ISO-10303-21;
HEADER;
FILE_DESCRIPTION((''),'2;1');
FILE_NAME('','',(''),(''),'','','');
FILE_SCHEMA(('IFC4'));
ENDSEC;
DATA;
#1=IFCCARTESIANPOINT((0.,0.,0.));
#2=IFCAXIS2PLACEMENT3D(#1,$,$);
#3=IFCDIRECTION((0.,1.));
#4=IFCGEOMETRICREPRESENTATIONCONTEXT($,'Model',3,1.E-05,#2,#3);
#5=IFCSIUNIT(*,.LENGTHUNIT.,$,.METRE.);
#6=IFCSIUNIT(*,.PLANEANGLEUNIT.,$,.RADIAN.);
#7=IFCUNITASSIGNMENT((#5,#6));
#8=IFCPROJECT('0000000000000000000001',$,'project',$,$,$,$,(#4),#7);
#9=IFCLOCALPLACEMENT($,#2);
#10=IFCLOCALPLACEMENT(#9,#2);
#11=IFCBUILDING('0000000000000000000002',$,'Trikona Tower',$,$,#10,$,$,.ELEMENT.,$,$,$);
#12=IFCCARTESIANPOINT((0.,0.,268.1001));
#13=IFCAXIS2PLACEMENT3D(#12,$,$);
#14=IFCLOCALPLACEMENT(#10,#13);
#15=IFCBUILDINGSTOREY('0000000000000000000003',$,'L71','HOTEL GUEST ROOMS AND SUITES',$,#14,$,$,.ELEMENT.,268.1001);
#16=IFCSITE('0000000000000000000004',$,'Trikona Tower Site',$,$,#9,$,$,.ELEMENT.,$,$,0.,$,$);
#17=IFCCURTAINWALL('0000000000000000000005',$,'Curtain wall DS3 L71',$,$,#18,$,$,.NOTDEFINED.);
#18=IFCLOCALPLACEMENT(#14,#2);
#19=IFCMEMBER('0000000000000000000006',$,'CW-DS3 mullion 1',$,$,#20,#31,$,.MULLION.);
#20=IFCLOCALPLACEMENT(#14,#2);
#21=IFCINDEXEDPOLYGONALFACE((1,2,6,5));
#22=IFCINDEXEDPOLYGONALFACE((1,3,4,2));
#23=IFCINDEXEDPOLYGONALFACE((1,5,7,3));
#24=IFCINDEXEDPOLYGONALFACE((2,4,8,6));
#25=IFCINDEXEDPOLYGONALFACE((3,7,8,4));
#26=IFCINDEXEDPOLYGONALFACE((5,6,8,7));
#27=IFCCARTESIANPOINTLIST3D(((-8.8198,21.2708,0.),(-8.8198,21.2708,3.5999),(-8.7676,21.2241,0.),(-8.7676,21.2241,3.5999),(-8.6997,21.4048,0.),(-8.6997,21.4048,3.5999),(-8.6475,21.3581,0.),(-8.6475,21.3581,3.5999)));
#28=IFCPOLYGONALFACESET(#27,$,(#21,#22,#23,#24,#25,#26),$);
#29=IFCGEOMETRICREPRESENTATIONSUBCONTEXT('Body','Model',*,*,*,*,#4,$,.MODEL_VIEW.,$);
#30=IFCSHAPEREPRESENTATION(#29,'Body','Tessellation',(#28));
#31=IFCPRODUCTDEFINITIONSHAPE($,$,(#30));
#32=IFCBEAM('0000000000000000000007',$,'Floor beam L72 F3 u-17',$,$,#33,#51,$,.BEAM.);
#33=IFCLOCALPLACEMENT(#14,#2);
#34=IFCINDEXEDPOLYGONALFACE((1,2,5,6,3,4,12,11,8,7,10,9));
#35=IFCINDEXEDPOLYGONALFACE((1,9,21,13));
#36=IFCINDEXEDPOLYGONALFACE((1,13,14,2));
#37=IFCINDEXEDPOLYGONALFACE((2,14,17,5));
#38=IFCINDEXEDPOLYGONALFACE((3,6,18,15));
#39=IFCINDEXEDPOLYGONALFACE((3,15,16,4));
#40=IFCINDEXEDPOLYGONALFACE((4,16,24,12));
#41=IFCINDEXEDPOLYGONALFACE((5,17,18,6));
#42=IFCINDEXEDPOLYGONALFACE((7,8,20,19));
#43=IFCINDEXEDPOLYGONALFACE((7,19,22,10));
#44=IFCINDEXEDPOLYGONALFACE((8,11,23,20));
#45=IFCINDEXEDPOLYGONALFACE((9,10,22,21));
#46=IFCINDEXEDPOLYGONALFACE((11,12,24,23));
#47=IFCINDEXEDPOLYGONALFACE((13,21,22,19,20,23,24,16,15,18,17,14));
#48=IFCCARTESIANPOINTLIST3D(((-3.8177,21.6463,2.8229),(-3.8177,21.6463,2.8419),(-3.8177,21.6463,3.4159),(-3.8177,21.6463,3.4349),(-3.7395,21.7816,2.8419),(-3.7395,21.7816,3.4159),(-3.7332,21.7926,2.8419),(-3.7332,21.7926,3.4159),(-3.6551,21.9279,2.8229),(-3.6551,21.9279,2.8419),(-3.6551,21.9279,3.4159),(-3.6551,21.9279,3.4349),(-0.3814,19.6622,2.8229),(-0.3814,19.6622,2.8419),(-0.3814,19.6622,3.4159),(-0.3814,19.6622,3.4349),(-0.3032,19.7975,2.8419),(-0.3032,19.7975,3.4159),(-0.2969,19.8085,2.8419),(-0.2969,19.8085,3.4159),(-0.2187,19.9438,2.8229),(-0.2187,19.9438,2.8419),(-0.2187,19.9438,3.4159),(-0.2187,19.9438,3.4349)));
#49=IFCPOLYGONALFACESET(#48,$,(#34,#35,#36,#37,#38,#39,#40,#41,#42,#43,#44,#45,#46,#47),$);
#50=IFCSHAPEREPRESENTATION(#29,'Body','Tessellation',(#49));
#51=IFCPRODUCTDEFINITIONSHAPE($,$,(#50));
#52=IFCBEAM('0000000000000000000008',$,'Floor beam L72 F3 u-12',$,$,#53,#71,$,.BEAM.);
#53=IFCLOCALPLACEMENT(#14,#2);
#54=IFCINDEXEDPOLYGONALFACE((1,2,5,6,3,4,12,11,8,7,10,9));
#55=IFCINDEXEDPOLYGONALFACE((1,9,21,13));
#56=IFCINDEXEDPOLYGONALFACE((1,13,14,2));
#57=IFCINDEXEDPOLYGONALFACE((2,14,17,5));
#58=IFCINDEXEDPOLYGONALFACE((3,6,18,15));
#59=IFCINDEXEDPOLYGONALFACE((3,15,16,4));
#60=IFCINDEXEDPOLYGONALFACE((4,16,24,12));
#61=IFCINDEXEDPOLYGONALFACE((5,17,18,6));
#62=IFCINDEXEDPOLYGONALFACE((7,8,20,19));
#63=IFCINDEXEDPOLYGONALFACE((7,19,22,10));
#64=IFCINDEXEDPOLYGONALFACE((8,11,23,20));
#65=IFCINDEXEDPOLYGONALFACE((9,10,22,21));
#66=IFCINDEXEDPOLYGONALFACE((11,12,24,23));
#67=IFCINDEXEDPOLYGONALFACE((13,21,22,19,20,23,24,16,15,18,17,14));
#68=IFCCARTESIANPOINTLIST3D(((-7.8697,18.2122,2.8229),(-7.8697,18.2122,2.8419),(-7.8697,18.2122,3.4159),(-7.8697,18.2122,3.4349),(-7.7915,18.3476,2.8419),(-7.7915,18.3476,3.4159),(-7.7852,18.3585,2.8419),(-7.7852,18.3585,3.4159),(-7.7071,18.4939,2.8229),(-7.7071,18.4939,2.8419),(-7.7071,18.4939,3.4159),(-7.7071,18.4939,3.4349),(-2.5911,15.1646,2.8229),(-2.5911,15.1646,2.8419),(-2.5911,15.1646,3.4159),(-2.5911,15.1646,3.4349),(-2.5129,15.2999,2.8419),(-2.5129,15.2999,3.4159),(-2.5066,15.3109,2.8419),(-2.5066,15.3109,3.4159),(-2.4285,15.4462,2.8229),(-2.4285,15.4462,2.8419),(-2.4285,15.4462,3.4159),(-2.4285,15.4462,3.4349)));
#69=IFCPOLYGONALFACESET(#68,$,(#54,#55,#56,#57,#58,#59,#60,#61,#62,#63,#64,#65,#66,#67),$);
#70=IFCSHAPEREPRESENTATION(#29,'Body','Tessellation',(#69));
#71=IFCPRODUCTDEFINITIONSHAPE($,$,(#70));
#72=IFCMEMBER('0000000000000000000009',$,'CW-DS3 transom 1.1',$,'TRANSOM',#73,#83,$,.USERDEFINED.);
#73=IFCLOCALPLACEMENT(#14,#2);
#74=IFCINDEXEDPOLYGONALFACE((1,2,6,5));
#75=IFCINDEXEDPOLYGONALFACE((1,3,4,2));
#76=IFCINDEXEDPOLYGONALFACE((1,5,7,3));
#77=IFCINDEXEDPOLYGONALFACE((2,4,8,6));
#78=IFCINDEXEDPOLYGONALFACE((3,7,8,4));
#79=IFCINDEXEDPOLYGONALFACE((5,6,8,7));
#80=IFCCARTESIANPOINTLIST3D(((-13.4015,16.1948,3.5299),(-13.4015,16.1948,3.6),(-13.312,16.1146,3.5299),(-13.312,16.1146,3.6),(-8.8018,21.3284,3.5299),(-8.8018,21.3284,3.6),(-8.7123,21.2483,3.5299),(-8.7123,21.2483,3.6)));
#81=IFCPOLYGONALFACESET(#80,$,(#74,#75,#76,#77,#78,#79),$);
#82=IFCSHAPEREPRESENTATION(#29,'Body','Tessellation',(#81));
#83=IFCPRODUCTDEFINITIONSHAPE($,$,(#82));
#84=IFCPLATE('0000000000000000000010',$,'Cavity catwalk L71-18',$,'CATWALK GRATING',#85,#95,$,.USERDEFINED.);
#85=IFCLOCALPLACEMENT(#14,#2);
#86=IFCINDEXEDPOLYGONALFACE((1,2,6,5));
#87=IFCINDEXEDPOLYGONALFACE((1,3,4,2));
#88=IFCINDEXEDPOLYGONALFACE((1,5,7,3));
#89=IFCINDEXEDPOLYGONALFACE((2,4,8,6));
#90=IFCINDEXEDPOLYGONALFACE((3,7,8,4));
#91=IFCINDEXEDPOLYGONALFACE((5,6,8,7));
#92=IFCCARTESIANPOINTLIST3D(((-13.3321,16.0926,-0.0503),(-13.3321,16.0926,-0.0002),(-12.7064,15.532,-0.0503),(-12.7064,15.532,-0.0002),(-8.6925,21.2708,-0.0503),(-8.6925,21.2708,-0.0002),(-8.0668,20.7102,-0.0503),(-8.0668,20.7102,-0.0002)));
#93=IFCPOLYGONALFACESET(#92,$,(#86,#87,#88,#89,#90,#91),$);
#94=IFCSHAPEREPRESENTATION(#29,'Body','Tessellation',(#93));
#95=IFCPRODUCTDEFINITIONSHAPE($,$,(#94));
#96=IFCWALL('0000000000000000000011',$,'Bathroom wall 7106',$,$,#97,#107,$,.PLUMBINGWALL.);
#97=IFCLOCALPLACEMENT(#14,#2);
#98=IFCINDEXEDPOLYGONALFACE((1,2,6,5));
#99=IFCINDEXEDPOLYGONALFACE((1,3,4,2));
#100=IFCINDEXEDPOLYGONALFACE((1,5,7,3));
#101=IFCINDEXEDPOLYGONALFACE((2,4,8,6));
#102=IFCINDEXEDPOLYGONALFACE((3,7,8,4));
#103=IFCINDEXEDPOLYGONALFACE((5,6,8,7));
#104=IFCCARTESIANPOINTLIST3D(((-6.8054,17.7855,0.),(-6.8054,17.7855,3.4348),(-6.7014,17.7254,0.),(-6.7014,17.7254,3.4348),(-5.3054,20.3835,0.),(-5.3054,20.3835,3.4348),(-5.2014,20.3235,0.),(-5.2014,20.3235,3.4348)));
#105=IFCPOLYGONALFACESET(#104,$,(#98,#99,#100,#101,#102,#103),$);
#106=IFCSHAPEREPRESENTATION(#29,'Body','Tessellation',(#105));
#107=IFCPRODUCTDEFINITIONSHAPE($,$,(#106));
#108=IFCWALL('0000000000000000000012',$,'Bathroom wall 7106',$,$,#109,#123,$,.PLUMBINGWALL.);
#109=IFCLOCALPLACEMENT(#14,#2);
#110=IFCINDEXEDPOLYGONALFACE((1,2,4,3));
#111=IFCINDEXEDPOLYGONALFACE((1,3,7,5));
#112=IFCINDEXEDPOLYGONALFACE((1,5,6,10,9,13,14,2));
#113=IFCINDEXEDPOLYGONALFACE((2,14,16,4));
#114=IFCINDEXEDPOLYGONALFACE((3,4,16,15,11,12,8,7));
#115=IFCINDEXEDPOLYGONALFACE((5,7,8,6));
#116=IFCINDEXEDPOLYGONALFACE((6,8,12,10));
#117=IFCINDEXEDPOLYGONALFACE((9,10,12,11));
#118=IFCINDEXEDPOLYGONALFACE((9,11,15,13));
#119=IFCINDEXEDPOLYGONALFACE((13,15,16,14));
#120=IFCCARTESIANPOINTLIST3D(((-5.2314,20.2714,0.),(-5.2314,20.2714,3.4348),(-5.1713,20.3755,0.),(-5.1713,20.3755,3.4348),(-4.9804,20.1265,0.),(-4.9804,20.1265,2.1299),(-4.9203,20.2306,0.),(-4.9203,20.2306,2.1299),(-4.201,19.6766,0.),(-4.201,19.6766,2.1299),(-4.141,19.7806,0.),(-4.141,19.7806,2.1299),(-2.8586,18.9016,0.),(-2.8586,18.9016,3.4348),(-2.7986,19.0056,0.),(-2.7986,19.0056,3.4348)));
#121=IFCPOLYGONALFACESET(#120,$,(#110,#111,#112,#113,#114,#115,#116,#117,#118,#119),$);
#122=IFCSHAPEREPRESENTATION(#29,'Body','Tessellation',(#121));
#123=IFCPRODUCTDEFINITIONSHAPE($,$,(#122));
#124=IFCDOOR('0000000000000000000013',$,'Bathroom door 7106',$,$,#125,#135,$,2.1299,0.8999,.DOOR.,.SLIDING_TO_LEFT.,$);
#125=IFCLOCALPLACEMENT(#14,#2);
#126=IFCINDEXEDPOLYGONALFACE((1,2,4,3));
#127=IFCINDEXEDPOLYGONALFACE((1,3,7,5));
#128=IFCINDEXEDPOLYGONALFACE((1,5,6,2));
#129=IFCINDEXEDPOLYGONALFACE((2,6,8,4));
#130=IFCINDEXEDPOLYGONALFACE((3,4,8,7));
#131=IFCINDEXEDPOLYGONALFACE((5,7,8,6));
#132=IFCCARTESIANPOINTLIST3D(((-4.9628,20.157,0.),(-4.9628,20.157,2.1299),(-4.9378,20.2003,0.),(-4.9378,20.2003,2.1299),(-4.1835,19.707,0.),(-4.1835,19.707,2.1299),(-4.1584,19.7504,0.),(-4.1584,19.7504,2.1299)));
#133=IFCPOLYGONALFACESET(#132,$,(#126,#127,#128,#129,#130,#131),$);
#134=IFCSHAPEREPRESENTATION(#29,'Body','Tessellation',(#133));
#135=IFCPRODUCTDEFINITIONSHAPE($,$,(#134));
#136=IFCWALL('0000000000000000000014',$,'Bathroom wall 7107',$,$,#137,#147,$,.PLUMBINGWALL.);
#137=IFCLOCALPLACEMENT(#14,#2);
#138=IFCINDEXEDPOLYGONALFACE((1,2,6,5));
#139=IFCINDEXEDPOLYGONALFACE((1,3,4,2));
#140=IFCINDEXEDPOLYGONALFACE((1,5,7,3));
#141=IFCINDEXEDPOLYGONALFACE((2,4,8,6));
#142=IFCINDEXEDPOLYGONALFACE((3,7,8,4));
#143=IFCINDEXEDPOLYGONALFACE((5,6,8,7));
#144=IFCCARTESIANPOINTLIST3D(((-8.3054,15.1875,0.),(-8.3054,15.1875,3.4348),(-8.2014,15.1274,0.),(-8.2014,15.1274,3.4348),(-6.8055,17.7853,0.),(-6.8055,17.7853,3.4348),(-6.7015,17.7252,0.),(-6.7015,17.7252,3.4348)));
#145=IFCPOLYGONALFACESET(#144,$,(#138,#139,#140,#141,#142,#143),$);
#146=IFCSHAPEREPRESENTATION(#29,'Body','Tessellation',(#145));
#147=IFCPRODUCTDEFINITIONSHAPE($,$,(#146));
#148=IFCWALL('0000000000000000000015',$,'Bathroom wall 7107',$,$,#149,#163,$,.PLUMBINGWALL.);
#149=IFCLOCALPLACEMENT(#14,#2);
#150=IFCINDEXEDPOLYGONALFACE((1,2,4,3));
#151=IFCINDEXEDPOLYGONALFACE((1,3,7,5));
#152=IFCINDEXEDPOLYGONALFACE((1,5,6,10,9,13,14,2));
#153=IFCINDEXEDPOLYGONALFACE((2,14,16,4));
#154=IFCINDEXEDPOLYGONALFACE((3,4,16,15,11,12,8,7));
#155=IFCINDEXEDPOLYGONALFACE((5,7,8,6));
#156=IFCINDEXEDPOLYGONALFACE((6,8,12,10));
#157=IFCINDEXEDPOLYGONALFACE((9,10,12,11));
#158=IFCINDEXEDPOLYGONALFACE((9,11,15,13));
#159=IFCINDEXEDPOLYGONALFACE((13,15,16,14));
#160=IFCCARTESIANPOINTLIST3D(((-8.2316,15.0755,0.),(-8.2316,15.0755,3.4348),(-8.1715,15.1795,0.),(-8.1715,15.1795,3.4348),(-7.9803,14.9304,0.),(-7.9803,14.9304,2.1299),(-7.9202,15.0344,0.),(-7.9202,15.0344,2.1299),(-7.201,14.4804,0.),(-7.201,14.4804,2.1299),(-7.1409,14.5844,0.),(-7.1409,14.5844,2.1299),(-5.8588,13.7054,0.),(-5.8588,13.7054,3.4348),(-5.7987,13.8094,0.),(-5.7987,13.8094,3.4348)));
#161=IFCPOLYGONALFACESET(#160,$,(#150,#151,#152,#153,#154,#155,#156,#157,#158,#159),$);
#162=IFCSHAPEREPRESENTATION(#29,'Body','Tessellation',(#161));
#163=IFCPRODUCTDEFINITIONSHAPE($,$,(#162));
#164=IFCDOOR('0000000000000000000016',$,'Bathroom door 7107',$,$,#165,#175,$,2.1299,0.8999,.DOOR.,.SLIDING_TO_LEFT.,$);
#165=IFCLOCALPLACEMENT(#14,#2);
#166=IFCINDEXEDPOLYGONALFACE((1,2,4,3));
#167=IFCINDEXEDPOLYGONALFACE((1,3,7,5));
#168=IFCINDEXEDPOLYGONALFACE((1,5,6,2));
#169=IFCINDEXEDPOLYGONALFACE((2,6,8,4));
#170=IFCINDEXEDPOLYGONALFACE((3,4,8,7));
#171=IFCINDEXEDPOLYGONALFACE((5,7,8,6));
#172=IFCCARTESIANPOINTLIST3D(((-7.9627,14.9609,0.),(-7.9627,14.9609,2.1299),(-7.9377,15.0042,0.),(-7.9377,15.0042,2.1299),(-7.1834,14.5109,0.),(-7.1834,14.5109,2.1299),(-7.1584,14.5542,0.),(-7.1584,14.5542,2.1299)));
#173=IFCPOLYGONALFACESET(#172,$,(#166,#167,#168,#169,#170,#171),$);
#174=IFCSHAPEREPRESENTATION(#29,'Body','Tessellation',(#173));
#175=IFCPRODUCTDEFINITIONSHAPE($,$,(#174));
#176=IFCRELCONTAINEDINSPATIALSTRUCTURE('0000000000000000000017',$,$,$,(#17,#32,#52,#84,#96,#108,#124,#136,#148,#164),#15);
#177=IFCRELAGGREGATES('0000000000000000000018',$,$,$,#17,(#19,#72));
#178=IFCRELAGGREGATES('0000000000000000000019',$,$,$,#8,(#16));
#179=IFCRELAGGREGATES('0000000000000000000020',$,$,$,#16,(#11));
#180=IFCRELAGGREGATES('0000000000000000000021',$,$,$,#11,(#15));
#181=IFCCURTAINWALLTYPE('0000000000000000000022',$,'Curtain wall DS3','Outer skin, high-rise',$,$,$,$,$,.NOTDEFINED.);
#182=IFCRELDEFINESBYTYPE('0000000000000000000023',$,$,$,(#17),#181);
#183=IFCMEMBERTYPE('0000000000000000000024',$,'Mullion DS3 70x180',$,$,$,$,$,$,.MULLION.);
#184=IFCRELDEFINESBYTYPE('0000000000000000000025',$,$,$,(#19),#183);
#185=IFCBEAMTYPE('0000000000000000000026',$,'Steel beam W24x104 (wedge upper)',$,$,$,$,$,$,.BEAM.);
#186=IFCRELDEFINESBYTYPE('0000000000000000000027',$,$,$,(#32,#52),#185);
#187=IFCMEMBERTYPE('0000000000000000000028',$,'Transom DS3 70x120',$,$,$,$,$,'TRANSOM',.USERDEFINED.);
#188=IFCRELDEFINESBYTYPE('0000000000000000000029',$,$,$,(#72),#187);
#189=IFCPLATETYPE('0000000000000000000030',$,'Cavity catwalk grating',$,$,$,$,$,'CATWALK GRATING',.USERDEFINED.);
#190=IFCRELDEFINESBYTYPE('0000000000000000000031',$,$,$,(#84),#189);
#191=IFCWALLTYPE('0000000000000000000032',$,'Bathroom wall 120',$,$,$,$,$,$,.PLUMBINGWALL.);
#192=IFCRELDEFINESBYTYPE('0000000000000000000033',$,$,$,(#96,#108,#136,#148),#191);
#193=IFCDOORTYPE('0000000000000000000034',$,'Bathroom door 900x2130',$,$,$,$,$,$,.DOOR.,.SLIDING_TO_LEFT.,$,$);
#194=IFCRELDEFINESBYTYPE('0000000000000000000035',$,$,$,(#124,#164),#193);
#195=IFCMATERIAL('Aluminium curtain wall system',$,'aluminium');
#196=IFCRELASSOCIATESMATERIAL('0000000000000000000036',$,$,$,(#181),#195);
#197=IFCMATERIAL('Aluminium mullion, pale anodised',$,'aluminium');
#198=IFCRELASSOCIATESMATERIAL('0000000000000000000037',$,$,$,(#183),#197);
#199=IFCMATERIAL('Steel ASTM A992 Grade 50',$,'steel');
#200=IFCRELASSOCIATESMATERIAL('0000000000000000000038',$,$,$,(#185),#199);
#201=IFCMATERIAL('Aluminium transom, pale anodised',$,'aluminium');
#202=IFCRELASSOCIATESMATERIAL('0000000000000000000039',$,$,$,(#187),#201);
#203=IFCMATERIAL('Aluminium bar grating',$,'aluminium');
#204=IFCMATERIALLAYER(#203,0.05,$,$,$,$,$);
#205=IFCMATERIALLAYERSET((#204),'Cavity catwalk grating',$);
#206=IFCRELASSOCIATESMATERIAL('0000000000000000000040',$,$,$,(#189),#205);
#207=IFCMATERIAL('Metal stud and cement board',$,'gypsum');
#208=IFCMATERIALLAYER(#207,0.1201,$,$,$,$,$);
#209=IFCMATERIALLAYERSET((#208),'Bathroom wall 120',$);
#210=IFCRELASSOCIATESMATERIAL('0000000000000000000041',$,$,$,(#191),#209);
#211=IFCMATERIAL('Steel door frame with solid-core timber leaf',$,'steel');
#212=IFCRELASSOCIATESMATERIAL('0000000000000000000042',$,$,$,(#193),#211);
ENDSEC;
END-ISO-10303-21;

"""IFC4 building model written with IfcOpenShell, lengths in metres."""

from ifc_helpers import new_model, si_unit, direction, frame, frame_2d, origin, origin_2d, place, context, subcontext, project, spatial, rectangle, i_section, extrude, material, layer, layer_set, material_profile, profile_set, type_object, element, fill, aggregate, save


model = new_model("IFC4")

# Units and contexts
model_context = context("Model", 3, precision=1e-05, world=origin(), true_north=direction((0.0, 1.0)))
body_context = subcontext(model_context, "Body", "Model", "MODEL_VIEW")
ifc_project = project(units=[si_unit("LENGTHUNIT", "METRE"), si_unit("PLANEANGLEUNIT", "RADIAN")], contexts=[model_context])

# Site, building, storey
site_placement = place(None, origin())
site = spatial("IfcSite", under=ifc_project, at=site_placement, Name="Trikona Tower Site", CompositionType="ELEMENT", RefElevation=0.0)
building_placement = place(site_placement, origin())
building = spatial("IfcBuilding", under=site, at=building_placement, Name="Trikona Tower", CompositionType="ELEMENT")
storey_placement = place(building_placement, frame((0.0, 0.0, 268.1001)))
storey = spatial("IfcBuildingStorey", under=building, at=storey_placement, Name="L71", Description="HOTEL GUEST ROOMS AND SUITES", CompositionType="ELEMENT", Elevation=268.1001)

# Curtain wall, member
ifc_material_1 = material(Name="Aluminium curtain wall system", Category="aluminium")
curtain_wall_type = type_object("IfcCurtainWallType", Name="Curtain wall DS3", Description="Outer skin, high-rise", PredefinedType="NOTDEFINED", material=ifc_material_1)
curtain_wall_placement = place(storey_placement, origin())
curtain_wall = element("IfcCurtainWall", 1, at=curtain_wall_placement, inside=storey, type_object=curtain_wall_type, Name="Curtain wall DS3 L71", PredefinedType="NOTDEFINED")
ifc_material_2 = material(Name="Aluminium mullion, pale anodised", Category="aluminium")
ifc_material_profile_1 = material_profile(ifc_material_2, rectangle(XDim=0.0701, YDim=0.1799, at=origin_2d()), Name="MUL-DS3")
ifc_profile_set_1 = profile_set([ifc_material_profile_1], Name="Aluminium mullion, pale anodised")
member_type_1 = type_object("IfcMemberType", Name="Mullion DS3 70x180", PredefinedType="MULLION", material=ifc_profile_set_1)
member_1_placement = place(storey_placement, frame((-8.7336, 21.3145, 0.0), z_axis=(0.0, 0.0, 1.0), x_axis=(0.744771, -0.66732, 0.0)))
member_1 = element("IfcMember", 2, at=member_1_placement, type_object=member_type_1, Name="CW-DS3 mullion 1", PredefinedType="MULLION", context=body_context, shape_type="SweptSolid", body=[
    extrude(rectangle(XDim=0.0701, YDim=0.1799, at=origin_2d()), origin(), (0.0, 0.0, 1.0), 3.5999),
])

# Beams
ifc_material_3 = material(Name="Steel ASTM A992 Grade 50", Category="steel")
ifc_material_profile_2 = material_profile(ifc_material_3, i_section(OverallWidth=0.3252, OverallDepth=0.6121, WebThickness=0.0127, FlangeThickness=0.019, at=origin_2d()), Name="W24X104")
ifc_profile_set_2 = profile_set([ifc_material_profile_2], Name="Steel ASTM A992 Grade 50")
beam_type = type_object("IfcBeamType", Name="Steel beam W24x104 (wedge upper)", PredefinedType="BEAM", material=ifc_profile_set_2)
beam_1_placement = place(storey_placement, frame((-0.3, 19.803, 3.1289), z_axis=(-0.866004, 0.500037, 0.0), x_axis=(-0.500037, -0.866004, 0.0)))
element("IfcBeam", 3, at=beam_1_placement, inside=storey, type_object=beam_type, Name="Floor beam L72 F3 u-17", PredefinedType="BEAM", context=body_context, shape_type="SweptSolid", body=[
    extrude(i_section(OverallWidth=0.3252, OverallDepth=0.6121, WebThickness=0.0127, FlangeThickness=0.019, at=origin_2d()), origin(), (0.0, 0.0, 1.0), 3.968),
])
beam_2_placement = place(storey_placement, frame((-2.5098, 15.3054, 3.1289), z_axis=(-0.866023, 0.500003, 0.0), x_axis=(-0.500003, -0.866023, 0.0)))
element("IfcBeam", 4, at=beam_2_placement, inside=storey, type_object=beam_type, Name="Floor beam L72 F3 u-12", PredefinedType="BEAM", context=body_context, shape_type="SweptSolid", body=[
    extrude(i_section(OverallWidth=0.3252, OverallDepth=0.6121, WebThickness=0.0127, FlangeThickness=0.019, at=origin_2d()), origin(), (0.0, 0.0, 1.0), 6.0952),
])

# Member
ifc_material_4 = material(Name="Aluminium transom, pale anodised", Category="aluminium")
ifc_material_profile_3 = material_profile(ifc_material_4, rectangle(XDim=0.1201, YDim=0.0701, at=origin_2d()), Name="TRN-DS3")
ifc_profile_set_3 = profile_set([ifc_material_profile_3], Name="Aluminium transom, pale anodised")
member_type_2 = type_object("IfcMemberType", Name="Transom DS3 70x120", ElementType="TRANSOM", PredefinedType="USERDEFINED", material=ifc_profile_set_3)
member_2_placement = place(storey_placement, frame((-8.7571, 21.2883, 3.5649), z_axis=(-0.667313, -0.744777, 0.0), x_axis=(0.744777, -0.667313, 0.0)))
member_2 = element("IfcMember", 5, at=member_2_placement, type_object=member_type_2, Name="CW-DS3 transom 1.1", ObjectType="TRANSOM", PredefinedType="USERDEFINED", context=body_context, shape_type="SweptSolid", body=[
    extrude(rectangle(XDim=0.1201, YDim=0.0701, at=origin_2d()), origin(), (0.0, 0.0, 1.0), 6.8928),
])
aggregate(curtain_wall, [member_1, member_2])

# Plate
ifc_material_5 = material(Name="Aluminium bar grating", Category="aluminium")
ifc_layer_1 = layer(ifc_material_5, 0.05)
ifc_layer_set_1 = layer_set([ifc_layer_1], Name="Cavity catwalk grating")
plate_type = type_object("IfcPlateType", Name="Cavity catwalk grating", ElementType="CATWALK GRATING", PredefinedType="USERDEFINED", material=ifc_layer_set_1)
plate_placement = place(storey_placement, frame((-10.6995, 18.4014, -0.0503), z_axis=(0.0, 0.0, 1.0), x_axis=(-0.667311, -0.744779, 0.0)))
element("IfcPlate", 6, at=plate_placement, inside=storey, type_object=plate_type, Name="Cavity catwalk L71-18", ObjectType="CATWALK GRATING", PredefinedType="USERDEFINED", context=body_context, shape_type="SweptSolid", body=[
    extrude(rectangle(XDim=6.9526, YDim=0.8401, at=origin_2d()), origin(), (0.0, 0.0, 1.0), 0.05),
])

# Wall
ifc_material_6 = material(Name="Metal stud and cement board", Category="gypsum")
ifc_layer_2 = layer(ifc_material_6, 0.1201)
ifc_layer_set_2 = layer_set([ifc_layer_2], Name="Bathroom wall 120")
wall_type_1 = type_object("IfcWallType", Name="Bathroom wall 120", PredefinedType="PLUMBINGWALL", material=ifc_layer_set_2)
wall_1_placement = place(storey_placement, frame((-5.2534, 20.3535, 0.0), z_axis=(0.0, 0.0, 1.0), x_axis=(-0.49999, -0.866031, 0.0)))
element("IfcWall", 7, at=wall_1_placement, inside=storey, type_object=wall_type_1, Name="Bathroom wall 7106", PredefinedType="PLUMBINGWALL", context=body_context, shape_type="SweptSolid", body=[
    extrude(rectangle(XDim=3.0, YDim=0.1201, at=frame_2d((1.5, 0.0))), origin(), (0.0, 0.0, 1.0), 3.4348),
])

# Wall, opening, door
wall_2_placement = place(storey_placement, frame((-2.8286, 18.9536, 0.0), z_axis=(0.0, 0.0, 1.0), x_axis=(-0.866036, 0.499982, 0.0)))
wall_2 = element("IfcWall", 8, at=wall_2_placement, inside=storey, type_object=wall_type_1, Name="Bathroom wall 7106", PredefinedType="PLUMBINGWALL", context=body_context, shape_type="SweptSolid", body=[
    extrude(rectangle(XDim=2.7397, YDim=0.1201, at=frame_2d((1.3699, 0.0))), origin(), (0.0, 0.0, 1.0), 3.4348),
])
opening_1_placement = place(wall_2_placement, frame((1.55, 0.0, 0.0)))
opening_1 = element("IfcOpeningElement", 9, at=opening_1_placement, cuts=wall_2, PredefinedType="OPENING", context=body_context, shape_type="SweptSolid", body=[
    extrude(rectangle(XDim=0.8999, YDim=2.1299, at=frame_2d((0.45, 1.0649))), frame((0.0, 0.0701, 0.0), z_axis=(0.0, -1.0, 0.0), x_axis=(1.0, 0.0, 0.0)), (0.0, 0.0, 1.0), 0.1401),
])
ifc_material_7 = material(Name="Steel door frame with solid-core timber leaf", Category="steel")
door_type_1 = type_object("IfcDoorType", Name="Bathroom door 900x2130", OperationType="SLIDING_TO_LEFT", PredefinedType="DOOR", material=ifc_material_7)
door_1_placement = place(opening_1_placement, origin())
door_1 = element("IfcDoor", 10, at=door_1_placement, inside=storey, type_object=door_type_1, Name="Bathroom door 7106", OperationType="SLIDING_TO_LEFT", OverallHeight=2.1299, OverallWidth=0.8999, PredefinedType="DOOR", context=body_context, shape_type="SweptSolid", body=[
    extrude(rectangle(XDim=0.8999, YDim=2.1299, at=frame_2d((0.45, 1.0649))), frame((0.0, 0.0249, 0.0), z_axis=(0.0, -1.0, 0.0), x_axis=(1.0, 0.0, 0.0)), (0.0, 0.0, 1.0), 0.05),
])
fill(opening_1, door_1)

# Wall
wall_3_placement = place(storey_placement, frame((-6.7534, 17.7554, 0.0), z_axis=(0.0, 0.0, 1.0), x_axis=(-0.500025, -0.866011, 0.0)))
element("IfcWall", 11, at=wall_3_placement, inside=storey, type_object=wall_type_1, Name="Bathroom wall 7107", PredefinedType="PLUMBINGWALL", context=body_context, shape_type="SweptSolid", body=[
    extrude(rectangle(XDim=2.9998, YDim=0.1201, at=frame_2d((1.5, 0.0))), origin(), (0.0, 0.0, 1.0), 3.4348),
])

# Wall, opening, door
wall_4_placement = place(storey_placement, frame((-5.8286, 13.7573, 0.0), z_axis=(0.0, 0.0, 1.0), x_axis=(-0.865997, 0.500049, 0.0)))
wall_4 = element("IfcWall", 12, at=wall_4_placement, inside=storey, type_object=wall_type_1, Name="Bathroom wall 7107", PredefinedType="PLUMBINGWALL", context=body_context, shape_type="SweptSolid", body=[
    extrude(rectangle(XDim=2.74, YDim=0.1201, at=frame_2d((1.3701, 0.0))), origin(), (0.0, 0.0, 1.0), 3.4348),
])
opening_2_placement = place(wall_4_placement, frame((1.55, 0.0, 0.0)))
opening_2 = element("IfcOpeningElement", 13, at=opening_2_placement, cuts=wall_4, PredefinedType="OPENING", context=body_context, shape_type="SweptSolid", body=[
    extrude(rectangle(XDim=0.8999, YDim=2.1299, at=frame_2d((0.45, 1.0649))), frame((0.0, 0.0701, 0.0), z_axis=(0.0, -1.0, 0.0), x_axis=(1.0, 0.0, 0.0)), (0.0, 0.0, 1.0), 0.1401),
])
door_2_placement = place(opening_2_placement, origin())
door_2 = element("IfcDoor", 14, at=door_2_placement, inside=storey, type_object=door_type_1, Name="Bathroom door 7107", OperationType="SLIDING_TO_LEFT", OverallHeight=2.1299, OverallWidth=0.8999, PredefinedType="DOOR", context=body_context, shape_type="SweptSolid", body=[
    extrude(rectangle(XDim=0.8999, YDim=2.1299, at=frame_2d((0.45, 1.0649))), frame((0.0, 0.0249, 0.0), z_axis=(0.0, -1.0, 0.0), x_axis=(1.0, 0.0, 0.0)), (0.0, 0.0, 1.0), 0.05),
])
fill(opening_2, door_2)

save(model, "model.ifc")
